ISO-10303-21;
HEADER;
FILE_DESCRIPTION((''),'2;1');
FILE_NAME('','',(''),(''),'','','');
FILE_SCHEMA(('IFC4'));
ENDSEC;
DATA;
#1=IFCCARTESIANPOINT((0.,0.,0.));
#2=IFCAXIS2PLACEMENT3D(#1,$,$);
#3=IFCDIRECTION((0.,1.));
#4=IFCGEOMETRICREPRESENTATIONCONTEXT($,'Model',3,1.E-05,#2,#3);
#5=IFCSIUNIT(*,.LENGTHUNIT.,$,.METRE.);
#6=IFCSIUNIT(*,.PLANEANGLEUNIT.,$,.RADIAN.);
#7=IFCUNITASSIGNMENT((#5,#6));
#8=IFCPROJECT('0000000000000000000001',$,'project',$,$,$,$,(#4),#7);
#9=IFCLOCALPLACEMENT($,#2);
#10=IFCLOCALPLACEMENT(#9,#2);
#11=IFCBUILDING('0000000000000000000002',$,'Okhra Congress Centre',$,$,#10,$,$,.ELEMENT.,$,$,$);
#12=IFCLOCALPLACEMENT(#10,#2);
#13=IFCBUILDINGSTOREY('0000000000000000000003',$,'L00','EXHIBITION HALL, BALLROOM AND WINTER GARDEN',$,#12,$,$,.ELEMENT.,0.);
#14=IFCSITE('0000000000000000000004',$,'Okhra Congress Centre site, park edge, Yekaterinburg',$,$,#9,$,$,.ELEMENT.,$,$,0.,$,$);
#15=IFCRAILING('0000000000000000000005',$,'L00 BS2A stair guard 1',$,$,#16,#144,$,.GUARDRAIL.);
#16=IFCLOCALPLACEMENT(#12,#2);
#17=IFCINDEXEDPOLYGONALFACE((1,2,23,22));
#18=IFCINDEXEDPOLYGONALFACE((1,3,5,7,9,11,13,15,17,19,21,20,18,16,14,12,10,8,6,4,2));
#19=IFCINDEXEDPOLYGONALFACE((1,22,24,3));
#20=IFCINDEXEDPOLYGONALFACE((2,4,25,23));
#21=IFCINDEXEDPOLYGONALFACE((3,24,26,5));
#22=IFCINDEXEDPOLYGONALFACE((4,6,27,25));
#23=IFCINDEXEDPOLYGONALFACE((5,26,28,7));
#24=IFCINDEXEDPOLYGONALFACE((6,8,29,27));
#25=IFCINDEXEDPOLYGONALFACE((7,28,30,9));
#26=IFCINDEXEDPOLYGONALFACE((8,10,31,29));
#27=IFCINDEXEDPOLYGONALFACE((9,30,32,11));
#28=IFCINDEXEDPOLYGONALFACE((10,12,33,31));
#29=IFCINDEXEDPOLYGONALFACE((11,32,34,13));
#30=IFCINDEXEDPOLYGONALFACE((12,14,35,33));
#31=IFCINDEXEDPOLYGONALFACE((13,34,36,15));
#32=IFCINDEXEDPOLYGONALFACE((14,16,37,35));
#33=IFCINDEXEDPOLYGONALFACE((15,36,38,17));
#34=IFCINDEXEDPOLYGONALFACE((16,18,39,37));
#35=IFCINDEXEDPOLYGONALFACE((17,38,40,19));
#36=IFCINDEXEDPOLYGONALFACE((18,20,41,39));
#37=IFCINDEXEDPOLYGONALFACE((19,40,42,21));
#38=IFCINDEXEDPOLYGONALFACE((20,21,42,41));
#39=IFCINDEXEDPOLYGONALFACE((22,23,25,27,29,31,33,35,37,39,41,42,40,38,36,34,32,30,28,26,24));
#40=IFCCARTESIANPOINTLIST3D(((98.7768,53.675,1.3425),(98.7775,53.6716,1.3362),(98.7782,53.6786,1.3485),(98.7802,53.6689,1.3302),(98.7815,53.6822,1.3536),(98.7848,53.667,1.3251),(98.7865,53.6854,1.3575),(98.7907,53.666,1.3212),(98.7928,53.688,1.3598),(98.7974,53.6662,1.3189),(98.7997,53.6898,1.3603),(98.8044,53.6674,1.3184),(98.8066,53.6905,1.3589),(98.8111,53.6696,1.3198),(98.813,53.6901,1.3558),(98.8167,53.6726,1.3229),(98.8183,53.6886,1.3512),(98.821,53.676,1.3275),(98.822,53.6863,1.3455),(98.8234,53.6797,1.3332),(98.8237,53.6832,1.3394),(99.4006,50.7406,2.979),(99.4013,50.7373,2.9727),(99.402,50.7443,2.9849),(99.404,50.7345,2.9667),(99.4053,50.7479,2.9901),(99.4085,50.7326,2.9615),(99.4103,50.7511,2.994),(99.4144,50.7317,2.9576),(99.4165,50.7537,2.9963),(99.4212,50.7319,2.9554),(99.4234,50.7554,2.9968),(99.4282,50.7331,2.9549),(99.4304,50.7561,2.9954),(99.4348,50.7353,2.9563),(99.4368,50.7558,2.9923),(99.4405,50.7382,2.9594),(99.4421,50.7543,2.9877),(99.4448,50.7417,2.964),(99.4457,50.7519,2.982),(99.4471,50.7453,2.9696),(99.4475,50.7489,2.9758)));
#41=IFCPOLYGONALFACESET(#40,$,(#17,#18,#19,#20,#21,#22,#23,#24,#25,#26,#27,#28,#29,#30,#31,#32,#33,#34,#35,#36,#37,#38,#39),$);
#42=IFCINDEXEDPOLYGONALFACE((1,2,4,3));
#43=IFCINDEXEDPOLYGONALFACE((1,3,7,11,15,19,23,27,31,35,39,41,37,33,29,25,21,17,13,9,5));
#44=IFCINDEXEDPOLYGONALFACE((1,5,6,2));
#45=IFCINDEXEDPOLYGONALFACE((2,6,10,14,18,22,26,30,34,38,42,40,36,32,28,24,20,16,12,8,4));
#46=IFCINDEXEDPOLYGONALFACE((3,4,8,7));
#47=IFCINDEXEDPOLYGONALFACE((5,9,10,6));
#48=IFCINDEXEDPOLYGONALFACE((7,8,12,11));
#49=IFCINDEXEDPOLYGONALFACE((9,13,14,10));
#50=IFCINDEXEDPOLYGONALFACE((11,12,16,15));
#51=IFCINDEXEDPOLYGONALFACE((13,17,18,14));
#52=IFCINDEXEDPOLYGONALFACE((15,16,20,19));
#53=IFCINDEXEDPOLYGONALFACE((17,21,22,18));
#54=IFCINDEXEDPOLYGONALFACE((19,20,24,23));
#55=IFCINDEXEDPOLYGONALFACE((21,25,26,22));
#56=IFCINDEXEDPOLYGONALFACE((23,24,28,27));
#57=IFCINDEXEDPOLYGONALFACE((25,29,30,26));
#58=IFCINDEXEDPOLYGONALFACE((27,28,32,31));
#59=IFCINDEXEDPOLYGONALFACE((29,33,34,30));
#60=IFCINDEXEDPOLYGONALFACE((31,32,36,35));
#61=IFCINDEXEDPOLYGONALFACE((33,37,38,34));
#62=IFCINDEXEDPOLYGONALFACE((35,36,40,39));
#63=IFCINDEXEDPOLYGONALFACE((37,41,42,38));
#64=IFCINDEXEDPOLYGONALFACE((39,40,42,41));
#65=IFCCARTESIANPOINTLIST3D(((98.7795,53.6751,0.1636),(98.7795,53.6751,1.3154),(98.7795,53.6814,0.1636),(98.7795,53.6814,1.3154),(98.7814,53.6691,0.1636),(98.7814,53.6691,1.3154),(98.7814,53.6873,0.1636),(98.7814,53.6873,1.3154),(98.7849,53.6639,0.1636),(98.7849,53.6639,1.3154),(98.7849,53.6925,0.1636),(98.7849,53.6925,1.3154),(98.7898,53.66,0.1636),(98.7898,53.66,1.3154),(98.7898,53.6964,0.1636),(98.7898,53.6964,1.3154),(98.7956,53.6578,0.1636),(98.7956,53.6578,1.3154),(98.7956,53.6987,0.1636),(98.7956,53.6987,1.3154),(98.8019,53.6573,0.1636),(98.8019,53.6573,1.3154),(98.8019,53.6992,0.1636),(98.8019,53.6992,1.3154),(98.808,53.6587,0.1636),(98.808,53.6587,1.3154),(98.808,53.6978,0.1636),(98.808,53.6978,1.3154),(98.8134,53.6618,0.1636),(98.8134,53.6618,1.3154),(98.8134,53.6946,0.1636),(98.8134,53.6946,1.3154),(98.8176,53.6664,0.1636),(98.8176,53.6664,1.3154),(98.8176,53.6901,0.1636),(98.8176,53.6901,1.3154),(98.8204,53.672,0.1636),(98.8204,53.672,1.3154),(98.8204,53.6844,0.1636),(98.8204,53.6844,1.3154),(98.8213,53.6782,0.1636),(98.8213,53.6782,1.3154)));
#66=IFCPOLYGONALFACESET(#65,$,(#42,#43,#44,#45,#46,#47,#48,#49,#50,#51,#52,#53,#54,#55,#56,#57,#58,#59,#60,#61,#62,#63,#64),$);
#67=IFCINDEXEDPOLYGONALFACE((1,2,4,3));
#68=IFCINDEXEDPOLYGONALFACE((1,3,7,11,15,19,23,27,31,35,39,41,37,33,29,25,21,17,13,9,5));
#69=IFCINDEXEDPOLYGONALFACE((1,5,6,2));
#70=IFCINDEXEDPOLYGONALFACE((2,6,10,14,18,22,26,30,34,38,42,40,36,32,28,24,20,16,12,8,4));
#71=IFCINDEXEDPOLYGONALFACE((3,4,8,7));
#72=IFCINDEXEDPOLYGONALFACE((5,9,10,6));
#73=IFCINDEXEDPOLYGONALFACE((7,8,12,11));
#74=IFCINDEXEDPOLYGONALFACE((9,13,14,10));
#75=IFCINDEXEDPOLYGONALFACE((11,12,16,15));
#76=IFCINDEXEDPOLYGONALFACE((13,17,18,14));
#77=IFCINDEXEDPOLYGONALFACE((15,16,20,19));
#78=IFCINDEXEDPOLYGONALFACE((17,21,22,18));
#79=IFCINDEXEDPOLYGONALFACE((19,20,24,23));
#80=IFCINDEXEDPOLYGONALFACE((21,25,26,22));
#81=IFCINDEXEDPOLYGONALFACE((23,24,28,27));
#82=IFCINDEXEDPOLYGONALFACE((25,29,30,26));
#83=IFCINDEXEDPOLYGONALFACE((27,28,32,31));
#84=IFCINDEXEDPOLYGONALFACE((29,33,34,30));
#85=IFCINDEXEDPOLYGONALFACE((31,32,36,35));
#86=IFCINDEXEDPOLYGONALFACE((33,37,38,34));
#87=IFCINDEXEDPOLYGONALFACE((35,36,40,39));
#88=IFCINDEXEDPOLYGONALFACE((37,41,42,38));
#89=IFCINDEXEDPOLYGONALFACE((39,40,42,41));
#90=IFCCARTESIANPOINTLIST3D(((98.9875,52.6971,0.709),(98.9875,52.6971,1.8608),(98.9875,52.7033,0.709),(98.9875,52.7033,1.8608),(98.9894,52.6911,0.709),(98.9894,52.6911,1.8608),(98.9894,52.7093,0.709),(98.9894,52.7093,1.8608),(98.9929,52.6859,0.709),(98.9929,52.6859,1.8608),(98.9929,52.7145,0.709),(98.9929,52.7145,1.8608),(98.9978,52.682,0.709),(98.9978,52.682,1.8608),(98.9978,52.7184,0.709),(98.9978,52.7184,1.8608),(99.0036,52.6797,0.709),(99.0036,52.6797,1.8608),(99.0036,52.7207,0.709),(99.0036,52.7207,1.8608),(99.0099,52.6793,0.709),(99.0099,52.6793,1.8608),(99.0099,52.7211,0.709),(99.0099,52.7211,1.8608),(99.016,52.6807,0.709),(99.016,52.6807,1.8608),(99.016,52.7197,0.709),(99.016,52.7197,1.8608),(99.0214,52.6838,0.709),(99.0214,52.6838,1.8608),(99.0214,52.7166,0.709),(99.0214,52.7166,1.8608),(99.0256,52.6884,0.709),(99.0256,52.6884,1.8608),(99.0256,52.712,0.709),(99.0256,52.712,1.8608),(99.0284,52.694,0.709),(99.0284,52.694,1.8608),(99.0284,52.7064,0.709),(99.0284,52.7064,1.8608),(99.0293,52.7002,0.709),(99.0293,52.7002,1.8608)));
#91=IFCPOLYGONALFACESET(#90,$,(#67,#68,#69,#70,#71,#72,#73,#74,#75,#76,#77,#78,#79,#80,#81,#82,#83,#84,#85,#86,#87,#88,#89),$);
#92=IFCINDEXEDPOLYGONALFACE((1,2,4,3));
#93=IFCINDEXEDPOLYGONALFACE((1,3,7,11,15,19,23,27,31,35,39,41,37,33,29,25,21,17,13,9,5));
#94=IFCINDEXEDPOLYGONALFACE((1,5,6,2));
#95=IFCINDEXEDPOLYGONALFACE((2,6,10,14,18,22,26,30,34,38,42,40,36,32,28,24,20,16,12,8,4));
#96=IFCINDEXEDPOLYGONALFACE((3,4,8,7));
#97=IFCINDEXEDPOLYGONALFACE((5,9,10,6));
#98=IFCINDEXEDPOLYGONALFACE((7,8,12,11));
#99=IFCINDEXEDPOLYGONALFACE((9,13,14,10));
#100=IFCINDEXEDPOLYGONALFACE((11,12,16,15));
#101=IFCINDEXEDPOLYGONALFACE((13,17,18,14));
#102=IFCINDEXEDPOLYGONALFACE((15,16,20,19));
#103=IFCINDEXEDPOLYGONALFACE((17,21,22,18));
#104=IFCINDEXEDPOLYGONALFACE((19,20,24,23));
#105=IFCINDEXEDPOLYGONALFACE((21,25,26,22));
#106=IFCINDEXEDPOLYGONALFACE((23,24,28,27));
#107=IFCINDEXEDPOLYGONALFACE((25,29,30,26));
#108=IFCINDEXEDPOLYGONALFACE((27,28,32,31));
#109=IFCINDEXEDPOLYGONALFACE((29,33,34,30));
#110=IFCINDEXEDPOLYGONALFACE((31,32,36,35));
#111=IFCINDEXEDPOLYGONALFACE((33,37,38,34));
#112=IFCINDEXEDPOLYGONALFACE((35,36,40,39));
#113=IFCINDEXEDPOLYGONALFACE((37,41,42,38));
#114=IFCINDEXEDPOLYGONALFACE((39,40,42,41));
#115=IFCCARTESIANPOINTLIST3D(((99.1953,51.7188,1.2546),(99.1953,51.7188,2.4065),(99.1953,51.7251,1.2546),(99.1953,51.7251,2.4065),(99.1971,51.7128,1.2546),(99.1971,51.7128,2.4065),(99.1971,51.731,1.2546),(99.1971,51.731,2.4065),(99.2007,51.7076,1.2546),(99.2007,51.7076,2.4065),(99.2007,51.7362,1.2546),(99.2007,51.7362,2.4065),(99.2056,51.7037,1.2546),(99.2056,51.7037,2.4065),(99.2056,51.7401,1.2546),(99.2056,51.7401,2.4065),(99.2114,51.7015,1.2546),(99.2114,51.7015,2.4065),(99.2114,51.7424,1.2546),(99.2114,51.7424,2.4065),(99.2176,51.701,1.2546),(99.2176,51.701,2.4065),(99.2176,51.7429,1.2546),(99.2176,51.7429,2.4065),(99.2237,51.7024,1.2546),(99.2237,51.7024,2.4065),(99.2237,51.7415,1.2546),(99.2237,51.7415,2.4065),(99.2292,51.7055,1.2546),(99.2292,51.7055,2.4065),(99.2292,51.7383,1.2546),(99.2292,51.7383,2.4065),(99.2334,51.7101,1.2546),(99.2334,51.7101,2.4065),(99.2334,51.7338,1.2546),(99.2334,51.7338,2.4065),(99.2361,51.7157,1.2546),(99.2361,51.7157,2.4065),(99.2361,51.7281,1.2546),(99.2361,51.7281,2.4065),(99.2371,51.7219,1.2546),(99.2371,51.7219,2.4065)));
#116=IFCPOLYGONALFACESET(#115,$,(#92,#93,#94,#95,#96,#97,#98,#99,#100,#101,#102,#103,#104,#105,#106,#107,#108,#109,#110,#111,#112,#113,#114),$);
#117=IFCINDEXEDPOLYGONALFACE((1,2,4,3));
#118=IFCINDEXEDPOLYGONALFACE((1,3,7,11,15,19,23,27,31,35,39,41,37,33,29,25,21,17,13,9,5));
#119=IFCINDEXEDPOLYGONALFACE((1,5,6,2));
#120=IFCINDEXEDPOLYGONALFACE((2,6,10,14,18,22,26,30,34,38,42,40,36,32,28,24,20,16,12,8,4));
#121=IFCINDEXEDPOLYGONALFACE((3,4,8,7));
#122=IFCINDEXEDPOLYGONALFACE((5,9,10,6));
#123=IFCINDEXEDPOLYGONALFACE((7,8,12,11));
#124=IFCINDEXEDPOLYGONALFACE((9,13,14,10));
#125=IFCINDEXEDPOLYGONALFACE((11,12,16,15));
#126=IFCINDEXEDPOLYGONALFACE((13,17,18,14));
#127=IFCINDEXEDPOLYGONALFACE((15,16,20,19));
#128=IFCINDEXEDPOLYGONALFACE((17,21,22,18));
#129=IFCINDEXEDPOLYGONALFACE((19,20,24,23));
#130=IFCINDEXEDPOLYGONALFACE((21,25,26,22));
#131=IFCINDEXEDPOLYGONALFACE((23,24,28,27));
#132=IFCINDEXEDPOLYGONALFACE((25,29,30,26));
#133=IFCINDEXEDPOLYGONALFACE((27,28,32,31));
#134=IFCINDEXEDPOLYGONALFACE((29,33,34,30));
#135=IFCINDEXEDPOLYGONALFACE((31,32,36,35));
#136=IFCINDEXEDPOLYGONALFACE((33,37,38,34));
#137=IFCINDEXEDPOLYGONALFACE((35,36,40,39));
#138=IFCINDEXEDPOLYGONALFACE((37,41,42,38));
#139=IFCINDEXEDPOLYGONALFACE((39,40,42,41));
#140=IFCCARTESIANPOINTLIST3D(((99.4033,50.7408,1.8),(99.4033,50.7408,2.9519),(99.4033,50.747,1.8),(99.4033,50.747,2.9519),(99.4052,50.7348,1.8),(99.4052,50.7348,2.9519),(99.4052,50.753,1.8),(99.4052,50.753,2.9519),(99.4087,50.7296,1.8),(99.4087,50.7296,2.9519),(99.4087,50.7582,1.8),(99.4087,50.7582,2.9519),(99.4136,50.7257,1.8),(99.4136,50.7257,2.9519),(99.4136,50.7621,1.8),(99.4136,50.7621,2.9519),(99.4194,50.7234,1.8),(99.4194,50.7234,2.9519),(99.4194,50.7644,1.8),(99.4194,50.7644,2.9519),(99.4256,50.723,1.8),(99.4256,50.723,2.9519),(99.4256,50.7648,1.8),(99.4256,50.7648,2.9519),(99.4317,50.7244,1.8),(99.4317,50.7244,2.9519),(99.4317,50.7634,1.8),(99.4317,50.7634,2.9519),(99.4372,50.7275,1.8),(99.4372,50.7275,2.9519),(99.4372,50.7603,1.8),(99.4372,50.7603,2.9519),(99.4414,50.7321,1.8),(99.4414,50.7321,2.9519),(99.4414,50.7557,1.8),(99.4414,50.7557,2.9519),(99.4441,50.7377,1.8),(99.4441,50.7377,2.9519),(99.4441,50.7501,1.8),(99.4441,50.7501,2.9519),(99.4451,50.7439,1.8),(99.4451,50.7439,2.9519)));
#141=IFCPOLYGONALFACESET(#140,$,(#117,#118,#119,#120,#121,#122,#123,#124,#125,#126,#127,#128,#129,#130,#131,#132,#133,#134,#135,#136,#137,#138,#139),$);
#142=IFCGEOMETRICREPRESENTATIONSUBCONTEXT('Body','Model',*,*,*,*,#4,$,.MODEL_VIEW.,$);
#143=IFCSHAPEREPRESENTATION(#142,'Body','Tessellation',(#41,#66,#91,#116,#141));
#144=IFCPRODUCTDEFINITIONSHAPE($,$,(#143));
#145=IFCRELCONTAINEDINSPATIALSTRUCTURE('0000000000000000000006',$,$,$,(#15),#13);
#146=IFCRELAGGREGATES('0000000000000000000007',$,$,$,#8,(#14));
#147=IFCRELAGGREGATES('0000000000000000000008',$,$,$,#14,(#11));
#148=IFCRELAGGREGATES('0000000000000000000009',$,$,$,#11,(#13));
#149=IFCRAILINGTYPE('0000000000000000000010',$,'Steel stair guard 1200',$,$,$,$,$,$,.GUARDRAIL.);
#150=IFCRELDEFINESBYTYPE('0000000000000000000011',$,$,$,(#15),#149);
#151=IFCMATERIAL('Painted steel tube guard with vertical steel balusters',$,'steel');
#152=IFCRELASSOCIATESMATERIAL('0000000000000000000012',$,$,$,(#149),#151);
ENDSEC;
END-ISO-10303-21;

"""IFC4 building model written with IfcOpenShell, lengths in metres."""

from ifc_helpers import new_model, si_unit, direction, frame, origin, origin_2d, place, context, subcontext, project, spatial, circle, extrude, material, type_object, element, save


model = new_model("IFC4")

# Units and contexts
model_context = context("Model", 3, precision=1e-05, world=origin(), true_north=direction((0.0, 1.0)))
body_context = subcontext(model_context, "Body", "Model", "MODEL_VIEW")
ifc_project = project(units=[si_unit("LENGTHUNIT", "METRE"), si_unit("PLANEANGLEUNIT", "RADIAN")], contexts=[model_context])

# Site, building, storey
site_placement = place(None, origin())
site = spatial("IfcSite", under=ifc_project, at=site_placement, Name="Okhra Congress Centre site, park edge, Yekaterinburg", CompositionType="ELEMENT", RefElevation=0.0)
building_placement = place(site_placement, origin())
building = spatial("IfcBuilding", under=site, at=building_placement, Name="Okhra Congress Centre", CompositionType="ELEMENT")
storey_placement = place(building_placement, origin())
storey = spatial("IfcBuildingStorey", under=building, at=storey_placement, Name="L00", Description="EXHIBITION HALL, BALLROOM AND WINTER GARDEN", CompositionType="ELEMENT", Elevation=0.0)

# Railing
ifc_material_1 = material(Name="Painted steel tube guard with vertical steel balusters", Category="steel")
railing_type_1 = type_object("IfcRailingType", Name="Steel stair guard 1200", PredefinedType="GUARDRAIL", material=ifc_material_1)
railing_1_placement = place(storey_placement, frame((98.8003, 53.6782, 0.1636)))
element("IfcRailing", 1, at=railing_1_placement, inside=storey, type_object=railing_type_1, Name="L00 BS2A stair guard 1", PredefinedType="GUARDRAIL", context=body_context, shape_type="SweptSolid", body=[
    extrude(circle(Radius=0.0239, at=origin_2d()), frame((0.0, 0.0, 1.1758), z_axis=(0.18254, -0.858687, 0.47889), x_axis=(0.978143, 0.207934, 0.0)), (0.0, 0.0, 1.0), 3.4172),
    extrude(circle(Radius=0.021, at=origin_2d()), origin(), (0.0, 0.0, 1.0), 1.1519),
    extrude(circle(Radius=0.021, at=origin_2d()), frame((0.208, -0.978, 0.5454)), (0.0, 0.0, 1.0), 1.1519),
    extrude(circle(Radius=0.021, at=origin_2d()), frame((0.4158, -1.9563, 1.0911)), (0.0, 0.0, 1.0), 1.1519),
    extrude(circle(Radius=0.021, at=origin_2d()), frame((0.6238, -2.9343, 1.6365)), (0.0, 0.0, 1.0), 1.1519),
])

save(model, "model.ifc")
